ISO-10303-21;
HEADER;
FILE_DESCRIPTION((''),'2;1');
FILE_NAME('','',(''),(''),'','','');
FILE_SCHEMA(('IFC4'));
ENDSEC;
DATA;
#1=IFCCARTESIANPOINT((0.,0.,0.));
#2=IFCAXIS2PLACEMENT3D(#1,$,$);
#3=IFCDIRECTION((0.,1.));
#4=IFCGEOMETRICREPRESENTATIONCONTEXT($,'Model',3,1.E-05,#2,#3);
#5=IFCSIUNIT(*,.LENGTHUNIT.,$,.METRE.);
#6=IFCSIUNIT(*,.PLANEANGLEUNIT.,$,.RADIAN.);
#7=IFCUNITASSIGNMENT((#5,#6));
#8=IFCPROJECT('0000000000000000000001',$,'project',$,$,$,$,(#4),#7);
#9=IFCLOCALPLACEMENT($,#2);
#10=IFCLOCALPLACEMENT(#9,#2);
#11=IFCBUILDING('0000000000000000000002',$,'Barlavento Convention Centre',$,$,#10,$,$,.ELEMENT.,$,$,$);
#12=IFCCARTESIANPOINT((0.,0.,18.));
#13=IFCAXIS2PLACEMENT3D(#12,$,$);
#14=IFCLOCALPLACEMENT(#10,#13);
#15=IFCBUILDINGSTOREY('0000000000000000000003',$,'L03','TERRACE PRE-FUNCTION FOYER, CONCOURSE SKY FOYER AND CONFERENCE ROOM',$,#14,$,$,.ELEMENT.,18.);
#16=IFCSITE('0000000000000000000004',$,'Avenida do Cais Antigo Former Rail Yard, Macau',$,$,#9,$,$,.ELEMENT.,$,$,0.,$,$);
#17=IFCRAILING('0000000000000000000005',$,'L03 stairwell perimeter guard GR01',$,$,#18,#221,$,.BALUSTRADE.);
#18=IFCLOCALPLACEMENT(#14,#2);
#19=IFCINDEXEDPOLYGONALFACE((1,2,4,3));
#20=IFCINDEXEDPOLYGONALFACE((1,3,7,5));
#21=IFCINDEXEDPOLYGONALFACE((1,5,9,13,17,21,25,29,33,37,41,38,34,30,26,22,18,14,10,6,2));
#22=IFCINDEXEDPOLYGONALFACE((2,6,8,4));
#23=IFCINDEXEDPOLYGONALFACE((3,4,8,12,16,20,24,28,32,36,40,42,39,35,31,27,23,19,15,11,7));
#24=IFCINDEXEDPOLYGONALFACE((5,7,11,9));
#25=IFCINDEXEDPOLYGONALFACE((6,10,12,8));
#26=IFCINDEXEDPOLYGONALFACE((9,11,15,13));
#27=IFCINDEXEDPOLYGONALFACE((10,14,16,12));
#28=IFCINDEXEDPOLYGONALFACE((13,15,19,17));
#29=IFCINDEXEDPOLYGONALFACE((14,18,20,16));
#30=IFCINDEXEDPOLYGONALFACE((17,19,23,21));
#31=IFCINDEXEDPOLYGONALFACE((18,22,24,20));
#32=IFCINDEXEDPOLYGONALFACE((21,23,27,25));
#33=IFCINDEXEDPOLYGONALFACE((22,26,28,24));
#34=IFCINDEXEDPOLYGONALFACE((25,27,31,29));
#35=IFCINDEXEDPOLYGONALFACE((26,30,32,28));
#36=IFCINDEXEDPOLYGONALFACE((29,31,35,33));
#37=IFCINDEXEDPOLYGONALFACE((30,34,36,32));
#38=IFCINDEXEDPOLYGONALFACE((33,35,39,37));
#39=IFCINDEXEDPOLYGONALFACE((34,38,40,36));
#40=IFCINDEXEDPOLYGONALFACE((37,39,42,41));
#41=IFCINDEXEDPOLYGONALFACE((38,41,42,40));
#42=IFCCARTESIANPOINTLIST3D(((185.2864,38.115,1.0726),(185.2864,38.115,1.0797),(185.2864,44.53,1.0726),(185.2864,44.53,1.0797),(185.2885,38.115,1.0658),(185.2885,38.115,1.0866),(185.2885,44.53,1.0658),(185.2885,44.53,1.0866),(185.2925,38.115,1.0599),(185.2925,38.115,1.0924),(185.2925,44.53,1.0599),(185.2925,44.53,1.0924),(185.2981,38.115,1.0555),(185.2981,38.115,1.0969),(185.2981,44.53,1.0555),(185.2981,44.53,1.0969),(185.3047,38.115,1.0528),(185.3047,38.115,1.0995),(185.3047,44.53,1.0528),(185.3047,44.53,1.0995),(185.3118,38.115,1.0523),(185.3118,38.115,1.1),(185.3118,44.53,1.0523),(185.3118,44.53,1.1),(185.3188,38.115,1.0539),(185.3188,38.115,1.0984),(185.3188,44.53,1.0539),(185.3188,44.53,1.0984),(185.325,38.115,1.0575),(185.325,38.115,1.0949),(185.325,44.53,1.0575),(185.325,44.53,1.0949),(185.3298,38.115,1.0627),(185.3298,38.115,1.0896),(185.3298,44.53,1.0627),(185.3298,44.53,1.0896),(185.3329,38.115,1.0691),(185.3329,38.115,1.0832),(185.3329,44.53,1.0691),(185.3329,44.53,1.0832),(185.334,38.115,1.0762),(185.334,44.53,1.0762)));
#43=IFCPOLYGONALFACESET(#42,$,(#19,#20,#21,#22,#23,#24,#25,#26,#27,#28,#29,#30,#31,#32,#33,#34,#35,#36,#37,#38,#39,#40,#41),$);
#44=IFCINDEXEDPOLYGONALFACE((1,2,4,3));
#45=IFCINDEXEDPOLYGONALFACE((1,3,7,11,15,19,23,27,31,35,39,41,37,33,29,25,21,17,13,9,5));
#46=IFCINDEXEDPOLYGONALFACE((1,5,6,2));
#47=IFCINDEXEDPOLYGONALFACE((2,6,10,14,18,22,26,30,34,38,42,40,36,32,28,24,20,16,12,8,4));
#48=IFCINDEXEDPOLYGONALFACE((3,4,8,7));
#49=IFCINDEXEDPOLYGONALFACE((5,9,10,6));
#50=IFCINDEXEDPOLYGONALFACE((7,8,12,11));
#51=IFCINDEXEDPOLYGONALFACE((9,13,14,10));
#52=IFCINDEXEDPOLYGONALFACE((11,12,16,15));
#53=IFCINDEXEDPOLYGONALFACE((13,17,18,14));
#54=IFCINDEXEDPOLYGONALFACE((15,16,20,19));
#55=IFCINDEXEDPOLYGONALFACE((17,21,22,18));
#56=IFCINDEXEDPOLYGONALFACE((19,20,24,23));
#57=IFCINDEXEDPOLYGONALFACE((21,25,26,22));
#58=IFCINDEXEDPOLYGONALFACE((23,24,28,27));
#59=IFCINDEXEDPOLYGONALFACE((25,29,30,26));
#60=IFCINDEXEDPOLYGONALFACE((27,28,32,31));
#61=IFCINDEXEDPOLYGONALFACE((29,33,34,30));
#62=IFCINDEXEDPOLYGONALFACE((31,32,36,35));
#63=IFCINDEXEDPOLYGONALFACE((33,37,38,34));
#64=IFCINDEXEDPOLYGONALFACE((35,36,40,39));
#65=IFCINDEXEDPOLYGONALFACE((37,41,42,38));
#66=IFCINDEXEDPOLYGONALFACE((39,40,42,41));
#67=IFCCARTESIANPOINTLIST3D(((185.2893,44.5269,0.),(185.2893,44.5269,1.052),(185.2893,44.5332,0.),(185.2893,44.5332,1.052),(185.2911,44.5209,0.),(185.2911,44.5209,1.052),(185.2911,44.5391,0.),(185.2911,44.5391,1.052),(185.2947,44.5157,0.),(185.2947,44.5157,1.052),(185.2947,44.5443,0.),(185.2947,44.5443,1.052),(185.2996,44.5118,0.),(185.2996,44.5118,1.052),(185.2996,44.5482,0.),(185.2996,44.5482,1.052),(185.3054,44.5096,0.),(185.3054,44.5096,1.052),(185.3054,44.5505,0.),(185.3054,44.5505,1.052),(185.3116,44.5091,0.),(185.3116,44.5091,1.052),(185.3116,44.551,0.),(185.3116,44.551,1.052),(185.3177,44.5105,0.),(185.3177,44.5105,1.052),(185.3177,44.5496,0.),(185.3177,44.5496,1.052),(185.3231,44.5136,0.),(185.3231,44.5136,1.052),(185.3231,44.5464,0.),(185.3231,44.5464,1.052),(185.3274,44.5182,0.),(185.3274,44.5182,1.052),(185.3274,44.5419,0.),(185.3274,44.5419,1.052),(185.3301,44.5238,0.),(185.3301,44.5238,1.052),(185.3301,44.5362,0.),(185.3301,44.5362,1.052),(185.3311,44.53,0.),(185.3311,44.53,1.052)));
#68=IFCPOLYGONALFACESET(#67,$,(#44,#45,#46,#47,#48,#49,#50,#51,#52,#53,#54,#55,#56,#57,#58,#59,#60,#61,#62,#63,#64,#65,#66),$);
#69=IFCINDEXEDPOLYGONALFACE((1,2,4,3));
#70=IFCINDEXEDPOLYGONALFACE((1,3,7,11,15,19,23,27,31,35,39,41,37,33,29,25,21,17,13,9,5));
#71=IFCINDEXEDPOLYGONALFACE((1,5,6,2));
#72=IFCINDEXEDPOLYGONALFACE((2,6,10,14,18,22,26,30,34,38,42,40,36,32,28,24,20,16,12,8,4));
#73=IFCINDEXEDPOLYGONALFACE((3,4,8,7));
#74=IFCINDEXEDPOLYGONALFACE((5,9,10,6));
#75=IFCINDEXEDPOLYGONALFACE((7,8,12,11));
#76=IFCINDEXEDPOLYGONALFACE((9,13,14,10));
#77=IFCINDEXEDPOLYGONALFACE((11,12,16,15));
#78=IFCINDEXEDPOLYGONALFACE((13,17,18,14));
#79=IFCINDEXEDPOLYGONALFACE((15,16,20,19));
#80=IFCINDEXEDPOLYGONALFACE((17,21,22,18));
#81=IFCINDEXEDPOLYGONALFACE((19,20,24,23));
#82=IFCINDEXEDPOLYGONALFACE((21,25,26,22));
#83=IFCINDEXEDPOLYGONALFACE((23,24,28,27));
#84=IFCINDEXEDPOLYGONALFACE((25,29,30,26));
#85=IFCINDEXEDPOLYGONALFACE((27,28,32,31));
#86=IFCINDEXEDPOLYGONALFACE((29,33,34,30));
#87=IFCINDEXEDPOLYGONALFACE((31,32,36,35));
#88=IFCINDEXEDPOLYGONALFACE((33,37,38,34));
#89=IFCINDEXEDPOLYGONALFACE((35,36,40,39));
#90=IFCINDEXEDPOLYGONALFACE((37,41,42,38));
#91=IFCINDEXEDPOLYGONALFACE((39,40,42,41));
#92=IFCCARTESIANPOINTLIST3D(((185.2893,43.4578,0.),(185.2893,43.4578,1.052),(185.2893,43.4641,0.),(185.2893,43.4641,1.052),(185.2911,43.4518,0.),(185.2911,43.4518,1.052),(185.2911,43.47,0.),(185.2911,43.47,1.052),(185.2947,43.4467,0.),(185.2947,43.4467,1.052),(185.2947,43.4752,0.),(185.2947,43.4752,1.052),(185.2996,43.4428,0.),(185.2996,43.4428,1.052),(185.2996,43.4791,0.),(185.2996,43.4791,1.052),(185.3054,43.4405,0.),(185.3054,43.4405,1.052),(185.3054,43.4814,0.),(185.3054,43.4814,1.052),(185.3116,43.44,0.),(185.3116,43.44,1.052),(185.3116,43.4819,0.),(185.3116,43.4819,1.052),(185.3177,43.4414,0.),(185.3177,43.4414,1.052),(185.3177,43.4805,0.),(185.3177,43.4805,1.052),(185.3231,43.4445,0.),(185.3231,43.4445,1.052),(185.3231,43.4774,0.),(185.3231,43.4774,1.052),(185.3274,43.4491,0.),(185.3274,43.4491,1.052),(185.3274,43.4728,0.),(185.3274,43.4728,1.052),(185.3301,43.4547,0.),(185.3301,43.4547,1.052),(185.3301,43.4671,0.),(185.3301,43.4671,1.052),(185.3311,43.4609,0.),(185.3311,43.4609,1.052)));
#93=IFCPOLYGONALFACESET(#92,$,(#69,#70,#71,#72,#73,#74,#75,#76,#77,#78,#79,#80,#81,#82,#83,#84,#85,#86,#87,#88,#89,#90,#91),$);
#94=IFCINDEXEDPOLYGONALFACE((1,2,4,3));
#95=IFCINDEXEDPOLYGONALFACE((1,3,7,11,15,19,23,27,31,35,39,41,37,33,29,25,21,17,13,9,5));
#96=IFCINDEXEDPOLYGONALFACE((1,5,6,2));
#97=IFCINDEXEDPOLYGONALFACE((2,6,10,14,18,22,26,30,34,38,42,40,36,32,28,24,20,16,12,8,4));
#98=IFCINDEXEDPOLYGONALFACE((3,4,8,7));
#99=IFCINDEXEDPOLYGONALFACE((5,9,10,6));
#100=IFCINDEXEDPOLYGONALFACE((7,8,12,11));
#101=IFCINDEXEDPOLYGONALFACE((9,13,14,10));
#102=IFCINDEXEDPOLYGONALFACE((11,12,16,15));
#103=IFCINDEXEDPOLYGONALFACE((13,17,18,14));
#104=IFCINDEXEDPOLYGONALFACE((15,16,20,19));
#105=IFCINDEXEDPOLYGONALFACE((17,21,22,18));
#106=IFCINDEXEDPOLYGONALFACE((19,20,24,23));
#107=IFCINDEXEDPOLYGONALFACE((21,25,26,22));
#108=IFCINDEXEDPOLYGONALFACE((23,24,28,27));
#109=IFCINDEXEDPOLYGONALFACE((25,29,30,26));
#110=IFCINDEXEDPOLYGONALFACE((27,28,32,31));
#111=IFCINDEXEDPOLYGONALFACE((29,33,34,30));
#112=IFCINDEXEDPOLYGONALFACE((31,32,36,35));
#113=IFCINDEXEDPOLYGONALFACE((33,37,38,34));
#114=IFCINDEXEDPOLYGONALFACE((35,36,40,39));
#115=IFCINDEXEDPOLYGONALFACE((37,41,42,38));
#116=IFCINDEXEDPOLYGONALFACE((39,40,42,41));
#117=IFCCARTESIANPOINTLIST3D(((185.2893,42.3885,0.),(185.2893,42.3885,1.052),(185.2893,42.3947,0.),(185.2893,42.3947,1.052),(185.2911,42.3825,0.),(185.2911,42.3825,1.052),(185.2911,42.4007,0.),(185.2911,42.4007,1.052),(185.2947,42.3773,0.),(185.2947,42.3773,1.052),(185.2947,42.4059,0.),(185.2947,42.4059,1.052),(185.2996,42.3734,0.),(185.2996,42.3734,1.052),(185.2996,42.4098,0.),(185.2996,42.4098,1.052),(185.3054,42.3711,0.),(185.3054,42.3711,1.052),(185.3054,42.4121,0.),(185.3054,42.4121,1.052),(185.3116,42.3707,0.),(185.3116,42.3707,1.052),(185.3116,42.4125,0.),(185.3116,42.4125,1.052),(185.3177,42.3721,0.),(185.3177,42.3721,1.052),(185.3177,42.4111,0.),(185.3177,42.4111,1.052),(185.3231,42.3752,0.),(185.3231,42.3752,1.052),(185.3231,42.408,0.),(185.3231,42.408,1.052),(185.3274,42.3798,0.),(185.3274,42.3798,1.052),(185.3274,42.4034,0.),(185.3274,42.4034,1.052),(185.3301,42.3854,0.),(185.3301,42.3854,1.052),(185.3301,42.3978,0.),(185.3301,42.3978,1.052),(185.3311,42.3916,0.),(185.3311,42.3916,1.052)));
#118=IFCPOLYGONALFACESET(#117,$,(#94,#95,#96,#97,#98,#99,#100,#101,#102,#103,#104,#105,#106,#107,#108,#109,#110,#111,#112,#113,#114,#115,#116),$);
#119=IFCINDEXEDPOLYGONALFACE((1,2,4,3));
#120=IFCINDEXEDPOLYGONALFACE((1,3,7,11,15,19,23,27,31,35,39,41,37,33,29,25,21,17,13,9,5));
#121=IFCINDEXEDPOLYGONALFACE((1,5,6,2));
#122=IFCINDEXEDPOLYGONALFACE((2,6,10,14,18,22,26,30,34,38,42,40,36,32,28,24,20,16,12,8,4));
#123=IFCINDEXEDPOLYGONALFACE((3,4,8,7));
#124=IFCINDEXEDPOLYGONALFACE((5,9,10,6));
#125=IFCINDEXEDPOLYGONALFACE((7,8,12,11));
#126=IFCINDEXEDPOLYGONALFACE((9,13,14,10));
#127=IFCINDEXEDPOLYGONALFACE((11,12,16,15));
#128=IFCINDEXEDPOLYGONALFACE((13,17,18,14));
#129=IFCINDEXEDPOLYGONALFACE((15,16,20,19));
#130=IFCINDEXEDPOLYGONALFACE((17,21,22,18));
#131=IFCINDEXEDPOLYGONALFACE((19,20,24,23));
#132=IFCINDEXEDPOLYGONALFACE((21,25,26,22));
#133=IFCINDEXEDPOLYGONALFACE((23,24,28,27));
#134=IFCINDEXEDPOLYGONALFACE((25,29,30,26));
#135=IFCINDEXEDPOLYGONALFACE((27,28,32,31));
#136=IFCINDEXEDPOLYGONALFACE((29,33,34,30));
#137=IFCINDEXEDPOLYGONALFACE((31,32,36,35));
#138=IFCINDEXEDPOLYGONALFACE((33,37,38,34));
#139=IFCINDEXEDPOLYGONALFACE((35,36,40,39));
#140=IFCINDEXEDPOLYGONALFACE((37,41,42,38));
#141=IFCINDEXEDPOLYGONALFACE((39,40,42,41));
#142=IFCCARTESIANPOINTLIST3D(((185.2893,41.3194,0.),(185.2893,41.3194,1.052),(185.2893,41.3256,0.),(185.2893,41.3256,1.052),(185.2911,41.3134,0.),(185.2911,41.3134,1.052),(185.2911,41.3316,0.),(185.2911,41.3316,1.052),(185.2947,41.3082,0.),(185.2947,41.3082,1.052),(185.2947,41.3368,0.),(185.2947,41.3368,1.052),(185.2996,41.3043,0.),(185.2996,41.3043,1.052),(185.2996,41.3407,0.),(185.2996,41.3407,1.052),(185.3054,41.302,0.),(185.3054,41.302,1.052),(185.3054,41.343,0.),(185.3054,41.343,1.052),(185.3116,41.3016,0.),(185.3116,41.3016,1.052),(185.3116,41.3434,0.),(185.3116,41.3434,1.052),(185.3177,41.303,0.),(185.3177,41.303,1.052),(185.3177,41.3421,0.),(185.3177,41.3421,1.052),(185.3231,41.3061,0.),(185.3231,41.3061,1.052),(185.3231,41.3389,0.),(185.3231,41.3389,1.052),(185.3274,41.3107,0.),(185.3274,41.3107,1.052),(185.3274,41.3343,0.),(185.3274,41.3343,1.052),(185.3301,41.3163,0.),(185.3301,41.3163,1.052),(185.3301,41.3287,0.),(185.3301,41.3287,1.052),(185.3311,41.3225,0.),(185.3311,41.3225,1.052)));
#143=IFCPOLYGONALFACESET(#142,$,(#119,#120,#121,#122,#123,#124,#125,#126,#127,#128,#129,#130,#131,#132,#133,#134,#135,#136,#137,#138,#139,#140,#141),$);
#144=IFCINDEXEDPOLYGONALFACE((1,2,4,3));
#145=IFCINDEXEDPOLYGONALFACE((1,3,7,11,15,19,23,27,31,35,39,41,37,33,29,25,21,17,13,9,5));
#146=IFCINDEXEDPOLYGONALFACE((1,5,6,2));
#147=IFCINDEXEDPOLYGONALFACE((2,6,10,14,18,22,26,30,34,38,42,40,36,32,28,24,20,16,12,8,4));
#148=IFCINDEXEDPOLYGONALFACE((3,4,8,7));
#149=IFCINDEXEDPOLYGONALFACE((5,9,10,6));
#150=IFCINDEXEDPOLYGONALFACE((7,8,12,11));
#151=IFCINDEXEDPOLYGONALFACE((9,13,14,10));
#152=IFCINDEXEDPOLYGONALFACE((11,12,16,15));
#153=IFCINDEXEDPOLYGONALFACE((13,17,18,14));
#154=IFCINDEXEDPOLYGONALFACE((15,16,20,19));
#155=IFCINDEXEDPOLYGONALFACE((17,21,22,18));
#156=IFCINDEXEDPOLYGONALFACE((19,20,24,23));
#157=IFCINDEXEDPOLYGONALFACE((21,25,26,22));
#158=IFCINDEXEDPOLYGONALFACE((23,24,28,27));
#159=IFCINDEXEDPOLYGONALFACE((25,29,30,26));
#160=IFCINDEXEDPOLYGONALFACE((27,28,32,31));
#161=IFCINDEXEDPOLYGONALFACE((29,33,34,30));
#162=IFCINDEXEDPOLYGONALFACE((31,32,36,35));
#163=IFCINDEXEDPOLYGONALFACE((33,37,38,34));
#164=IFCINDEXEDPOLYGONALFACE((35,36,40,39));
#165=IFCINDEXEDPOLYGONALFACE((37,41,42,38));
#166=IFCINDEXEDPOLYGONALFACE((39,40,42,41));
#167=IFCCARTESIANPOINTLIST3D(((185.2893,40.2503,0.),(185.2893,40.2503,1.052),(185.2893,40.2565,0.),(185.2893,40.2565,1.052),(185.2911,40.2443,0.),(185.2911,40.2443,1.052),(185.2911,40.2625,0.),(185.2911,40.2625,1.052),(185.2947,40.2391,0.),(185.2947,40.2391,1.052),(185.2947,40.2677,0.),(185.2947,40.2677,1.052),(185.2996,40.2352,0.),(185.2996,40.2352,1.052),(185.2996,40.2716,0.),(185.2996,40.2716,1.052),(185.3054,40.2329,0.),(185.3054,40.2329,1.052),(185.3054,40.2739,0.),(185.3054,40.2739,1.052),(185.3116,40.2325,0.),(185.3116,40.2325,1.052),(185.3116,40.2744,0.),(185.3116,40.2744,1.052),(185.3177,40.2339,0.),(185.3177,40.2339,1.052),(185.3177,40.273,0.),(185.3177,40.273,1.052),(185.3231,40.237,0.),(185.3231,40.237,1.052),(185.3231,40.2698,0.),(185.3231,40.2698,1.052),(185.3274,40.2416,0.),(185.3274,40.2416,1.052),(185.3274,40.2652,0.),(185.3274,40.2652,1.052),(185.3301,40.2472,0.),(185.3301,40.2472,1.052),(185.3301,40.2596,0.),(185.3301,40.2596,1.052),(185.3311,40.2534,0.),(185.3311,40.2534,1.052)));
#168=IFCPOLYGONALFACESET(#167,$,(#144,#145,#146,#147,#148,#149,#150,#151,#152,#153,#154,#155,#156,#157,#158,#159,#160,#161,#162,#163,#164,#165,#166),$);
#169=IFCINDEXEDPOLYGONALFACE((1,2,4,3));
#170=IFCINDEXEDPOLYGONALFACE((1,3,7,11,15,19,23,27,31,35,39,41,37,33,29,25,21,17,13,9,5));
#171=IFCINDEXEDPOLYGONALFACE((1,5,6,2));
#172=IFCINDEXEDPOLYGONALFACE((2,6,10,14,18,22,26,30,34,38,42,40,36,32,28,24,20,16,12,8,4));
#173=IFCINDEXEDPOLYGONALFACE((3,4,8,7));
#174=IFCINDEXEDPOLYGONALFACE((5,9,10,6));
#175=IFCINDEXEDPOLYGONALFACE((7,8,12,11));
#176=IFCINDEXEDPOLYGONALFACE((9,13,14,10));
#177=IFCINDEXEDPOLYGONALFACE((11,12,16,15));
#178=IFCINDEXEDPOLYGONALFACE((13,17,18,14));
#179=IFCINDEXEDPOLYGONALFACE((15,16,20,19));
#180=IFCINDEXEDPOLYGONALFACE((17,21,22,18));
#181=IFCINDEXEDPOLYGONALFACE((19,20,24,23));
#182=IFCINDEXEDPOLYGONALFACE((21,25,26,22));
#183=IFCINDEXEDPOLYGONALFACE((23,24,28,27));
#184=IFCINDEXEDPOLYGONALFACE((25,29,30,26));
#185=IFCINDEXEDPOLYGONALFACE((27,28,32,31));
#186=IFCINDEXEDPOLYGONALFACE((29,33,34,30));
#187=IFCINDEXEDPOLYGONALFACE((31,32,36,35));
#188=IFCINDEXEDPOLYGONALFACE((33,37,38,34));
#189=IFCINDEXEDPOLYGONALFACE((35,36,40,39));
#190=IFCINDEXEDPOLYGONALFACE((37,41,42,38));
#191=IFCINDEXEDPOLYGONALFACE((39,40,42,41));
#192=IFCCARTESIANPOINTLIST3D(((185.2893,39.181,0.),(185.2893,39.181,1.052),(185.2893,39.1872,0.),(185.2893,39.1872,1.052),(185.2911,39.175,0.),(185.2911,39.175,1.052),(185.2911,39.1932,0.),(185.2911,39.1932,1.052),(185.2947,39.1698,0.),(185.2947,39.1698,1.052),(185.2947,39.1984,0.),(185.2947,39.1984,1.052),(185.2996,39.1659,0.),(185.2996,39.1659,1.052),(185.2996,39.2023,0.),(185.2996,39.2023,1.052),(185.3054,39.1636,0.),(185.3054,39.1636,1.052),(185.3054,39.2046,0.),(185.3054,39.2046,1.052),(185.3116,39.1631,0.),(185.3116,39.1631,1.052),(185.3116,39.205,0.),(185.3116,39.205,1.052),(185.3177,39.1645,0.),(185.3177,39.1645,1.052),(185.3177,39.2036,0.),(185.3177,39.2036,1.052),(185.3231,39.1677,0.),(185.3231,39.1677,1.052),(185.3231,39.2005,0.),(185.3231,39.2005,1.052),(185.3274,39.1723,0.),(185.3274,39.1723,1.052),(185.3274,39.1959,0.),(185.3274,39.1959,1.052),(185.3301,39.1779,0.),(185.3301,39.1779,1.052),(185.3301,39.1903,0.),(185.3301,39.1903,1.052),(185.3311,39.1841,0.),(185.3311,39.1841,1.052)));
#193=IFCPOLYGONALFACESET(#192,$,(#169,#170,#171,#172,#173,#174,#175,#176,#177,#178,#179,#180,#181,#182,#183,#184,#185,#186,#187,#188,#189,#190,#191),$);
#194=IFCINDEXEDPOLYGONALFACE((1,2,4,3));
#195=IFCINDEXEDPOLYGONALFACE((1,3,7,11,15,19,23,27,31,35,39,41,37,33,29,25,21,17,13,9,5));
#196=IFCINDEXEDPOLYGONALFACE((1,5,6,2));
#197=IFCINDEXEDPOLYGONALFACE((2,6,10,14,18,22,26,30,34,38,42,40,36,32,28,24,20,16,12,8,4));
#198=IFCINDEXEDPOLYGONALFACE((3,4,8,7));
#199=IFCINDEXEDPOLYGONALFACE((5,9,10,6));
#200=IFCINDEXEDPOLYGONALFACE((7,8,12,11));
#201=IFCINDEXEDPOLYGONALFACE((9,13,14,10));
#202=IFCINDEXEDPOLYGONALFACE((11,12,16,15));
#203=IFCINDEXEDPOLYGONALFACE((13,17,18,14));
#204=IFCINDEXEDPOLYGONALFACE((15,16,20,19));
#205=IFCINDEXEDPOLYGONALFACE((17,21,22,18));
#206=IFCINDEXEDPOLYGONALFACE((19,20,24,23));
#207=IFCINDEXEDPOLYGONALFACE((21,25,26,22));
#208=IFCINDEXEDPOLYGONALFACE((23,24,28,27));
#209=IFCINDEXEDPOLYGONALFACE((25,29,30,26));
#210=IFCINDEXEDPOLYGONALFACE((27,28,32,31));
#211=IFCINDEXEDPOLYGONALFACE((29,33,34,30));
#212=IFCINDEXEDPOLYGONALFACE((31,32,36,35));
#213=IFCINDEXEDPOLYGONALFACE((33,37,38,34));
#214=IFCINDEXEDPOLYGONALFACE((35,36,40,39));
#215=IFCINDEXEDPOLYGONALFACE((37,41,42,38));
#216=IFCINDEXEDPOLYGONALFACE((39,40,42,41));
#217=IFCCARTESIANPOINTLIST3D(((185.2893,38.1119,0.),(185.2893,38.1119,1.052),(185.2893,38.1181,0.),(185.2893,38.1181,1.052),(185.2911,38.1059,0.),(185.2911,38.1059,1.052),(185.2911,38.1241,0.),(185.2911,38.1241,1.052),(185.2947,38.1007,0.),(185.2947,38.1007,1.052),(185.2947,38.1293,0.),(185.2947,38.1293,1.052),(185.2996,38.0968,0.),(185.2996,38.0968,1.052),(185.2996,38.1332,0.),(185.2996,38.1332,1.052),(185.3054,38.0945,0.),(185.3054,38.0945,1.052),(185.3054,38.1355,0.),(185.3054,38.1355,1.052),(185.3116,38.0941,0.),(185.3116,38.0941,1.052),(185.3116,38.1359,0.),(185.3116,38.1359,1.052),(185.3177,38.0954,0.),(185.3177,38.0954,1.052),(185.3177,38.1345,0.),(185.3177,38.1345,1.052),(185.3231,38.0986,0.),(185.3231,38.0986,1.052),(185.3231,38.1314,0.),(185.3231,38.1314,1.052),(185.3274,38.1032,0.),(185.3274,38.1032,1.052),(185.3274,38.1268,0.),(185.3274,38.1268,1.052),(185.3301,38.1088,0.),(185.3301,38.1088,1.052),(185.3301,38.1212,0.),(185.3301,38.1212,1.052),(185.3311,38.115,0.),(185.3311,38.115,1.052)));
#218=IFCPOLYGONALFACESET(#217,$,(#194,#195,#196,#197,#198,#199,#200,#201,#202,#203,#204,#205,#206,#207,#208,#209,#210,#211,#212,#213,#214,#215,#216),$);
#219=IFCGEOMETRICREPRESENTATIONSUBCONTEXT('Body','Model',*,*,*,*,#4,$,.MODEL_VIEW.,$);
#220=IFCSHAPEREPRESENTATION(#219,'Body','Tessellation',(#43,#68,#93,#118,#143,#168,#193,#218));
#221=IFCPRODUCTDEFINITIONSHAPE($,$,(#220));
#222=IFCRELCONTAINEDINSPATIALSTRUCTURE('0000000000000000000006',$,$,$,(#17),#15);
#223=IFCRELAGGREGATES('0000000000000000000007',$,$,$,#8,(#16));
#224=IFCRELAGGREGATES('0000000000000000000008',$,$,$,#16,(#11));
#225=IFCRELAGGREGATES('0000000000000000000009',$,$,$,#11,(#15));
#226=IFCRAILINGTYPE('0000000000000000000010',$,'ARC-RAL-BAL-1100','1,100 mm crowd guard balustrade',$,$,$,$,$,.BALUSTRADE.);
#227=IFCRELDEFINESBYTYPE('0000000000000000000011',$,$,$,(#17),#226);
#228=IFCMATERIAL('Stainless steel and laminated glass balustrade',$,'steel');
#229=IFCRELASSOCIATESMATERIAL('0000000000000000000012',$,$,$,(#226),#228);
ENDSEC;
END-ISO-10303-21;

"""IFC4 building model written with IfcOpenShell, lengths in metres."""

from ifc_helpers import new_model, si_unit, direction, frame, origin, origin_2d, place, context, subcontext, project, spatial, circle, extrude, material, type_object, element, save


model = new_model("IFC4")

# Units and contexts
model_context = context("Model", 3, precision=1e-05, world=origin(), true_north=direction((0.0, 1.0)))
body_context = subcontext(model_context, "Body", "Model", "MODEL_VIEW")
ifc_project = project(units=[si_unit("LENGTHUNIT", "METRE"), si_unit("PLANEANGLEUNIT", "RADIAN")], contexts=[model_context])

# Site, building, storey
site_placement = place(None, origin())
site = spatial("IfcSite", under=ifc_project, at=site_placement, Name="Avenida do Cais Antigo Former Rail Yard, Macau", CompositionType="ELEMENT", RefElevation=0.0)
building_placement = place(site_placement, origin())
building = spatial("IfcBuilding", under=site, at=building_placement, Name="Barlavento Convention Centre", CompositionType="ELEMENT")
storey_placement = place(building_placement, frame((0.0, 0.0, 18.0)))
storey = spatial("IfcBuildingStorey", under=building, at=storey_placement, Name="L03", Description="TERRACE PRE-FUNCTION FOYER, CONCOURSE SKY FOYER AND CONFERENCE ROOM", CompositionType="ELEMENT", Elevation=18.0)

# Railing
ifc_material_1 = material(Name="Stainless steel and laminated glass balustrade", Category="steel")
railing_type_1 = type_object("IfcRailingType", Name="ARC-RAL-BAL-1100", Description="1,100 mm crowd guard balustrade", PredefinedType="BALUSTRADE", material=ifc_material_1)
railing_1_placement = place(storey_placement, frame((185.3101, 44.53, 0.0)))
element("IfcRailing", 1, at=railing_1_placement, inside=storey, type_object=railing_type_1, Name="L03 stairwell perimeter guard GR01", PredefinedType="BALUSTRADE", context=body_context, shape_type="SweptSolid", body=[
    extrude(circle(Radius=0.0239, at=origin_2d()), frame((0.0, 0.0, 1.0762), z_axis=(0.0, -1.0, 0.0), x_axis=(1.0, 0.0, 0.0)), (0.0, 0.0, 1.0), 6.415),
    extrude(circle(Radius=0.021, at=origin_2d()), origin(), (0.0, 0.0, 1.0), 1.052),
    extrude(circle(Radius=0.021, at=origin_2d()), frame((0.0, -1.0691, 0.0)), (0.0, 0.0, 1.0), 1.052),
    extrude(circle(Radius=0.021, at=origin_2d()), frame((0.0, -2.1384, 0.0)), (0.0, 0.0, 1.0), 1.052),
    extrude(circle(Radius=0.021, at=origin_2d()), frame((0.0, -3.2075, 0.0)), (0.0, 0.0, 1.0), 1.052),
    extrude(circle(Radius=0.021, at=origin_2d()), frame((0.0, -4.2766, 0.0)), (0.0, 0.0, 1.0), 1.052),
    extrude(circle(Radius=0.021, at=origin_2d()), frame((0.0, -5.3459, 0.0)), (0.0, 0.0, 1.0), 1.052),
    extrude(circle(Radius=0.021, at=origin_2d()), frame((0.0, -6.415, 0.0)), (0.0, 0.0, 1.0), 1.052),
])

save(model, "model.ifc")
